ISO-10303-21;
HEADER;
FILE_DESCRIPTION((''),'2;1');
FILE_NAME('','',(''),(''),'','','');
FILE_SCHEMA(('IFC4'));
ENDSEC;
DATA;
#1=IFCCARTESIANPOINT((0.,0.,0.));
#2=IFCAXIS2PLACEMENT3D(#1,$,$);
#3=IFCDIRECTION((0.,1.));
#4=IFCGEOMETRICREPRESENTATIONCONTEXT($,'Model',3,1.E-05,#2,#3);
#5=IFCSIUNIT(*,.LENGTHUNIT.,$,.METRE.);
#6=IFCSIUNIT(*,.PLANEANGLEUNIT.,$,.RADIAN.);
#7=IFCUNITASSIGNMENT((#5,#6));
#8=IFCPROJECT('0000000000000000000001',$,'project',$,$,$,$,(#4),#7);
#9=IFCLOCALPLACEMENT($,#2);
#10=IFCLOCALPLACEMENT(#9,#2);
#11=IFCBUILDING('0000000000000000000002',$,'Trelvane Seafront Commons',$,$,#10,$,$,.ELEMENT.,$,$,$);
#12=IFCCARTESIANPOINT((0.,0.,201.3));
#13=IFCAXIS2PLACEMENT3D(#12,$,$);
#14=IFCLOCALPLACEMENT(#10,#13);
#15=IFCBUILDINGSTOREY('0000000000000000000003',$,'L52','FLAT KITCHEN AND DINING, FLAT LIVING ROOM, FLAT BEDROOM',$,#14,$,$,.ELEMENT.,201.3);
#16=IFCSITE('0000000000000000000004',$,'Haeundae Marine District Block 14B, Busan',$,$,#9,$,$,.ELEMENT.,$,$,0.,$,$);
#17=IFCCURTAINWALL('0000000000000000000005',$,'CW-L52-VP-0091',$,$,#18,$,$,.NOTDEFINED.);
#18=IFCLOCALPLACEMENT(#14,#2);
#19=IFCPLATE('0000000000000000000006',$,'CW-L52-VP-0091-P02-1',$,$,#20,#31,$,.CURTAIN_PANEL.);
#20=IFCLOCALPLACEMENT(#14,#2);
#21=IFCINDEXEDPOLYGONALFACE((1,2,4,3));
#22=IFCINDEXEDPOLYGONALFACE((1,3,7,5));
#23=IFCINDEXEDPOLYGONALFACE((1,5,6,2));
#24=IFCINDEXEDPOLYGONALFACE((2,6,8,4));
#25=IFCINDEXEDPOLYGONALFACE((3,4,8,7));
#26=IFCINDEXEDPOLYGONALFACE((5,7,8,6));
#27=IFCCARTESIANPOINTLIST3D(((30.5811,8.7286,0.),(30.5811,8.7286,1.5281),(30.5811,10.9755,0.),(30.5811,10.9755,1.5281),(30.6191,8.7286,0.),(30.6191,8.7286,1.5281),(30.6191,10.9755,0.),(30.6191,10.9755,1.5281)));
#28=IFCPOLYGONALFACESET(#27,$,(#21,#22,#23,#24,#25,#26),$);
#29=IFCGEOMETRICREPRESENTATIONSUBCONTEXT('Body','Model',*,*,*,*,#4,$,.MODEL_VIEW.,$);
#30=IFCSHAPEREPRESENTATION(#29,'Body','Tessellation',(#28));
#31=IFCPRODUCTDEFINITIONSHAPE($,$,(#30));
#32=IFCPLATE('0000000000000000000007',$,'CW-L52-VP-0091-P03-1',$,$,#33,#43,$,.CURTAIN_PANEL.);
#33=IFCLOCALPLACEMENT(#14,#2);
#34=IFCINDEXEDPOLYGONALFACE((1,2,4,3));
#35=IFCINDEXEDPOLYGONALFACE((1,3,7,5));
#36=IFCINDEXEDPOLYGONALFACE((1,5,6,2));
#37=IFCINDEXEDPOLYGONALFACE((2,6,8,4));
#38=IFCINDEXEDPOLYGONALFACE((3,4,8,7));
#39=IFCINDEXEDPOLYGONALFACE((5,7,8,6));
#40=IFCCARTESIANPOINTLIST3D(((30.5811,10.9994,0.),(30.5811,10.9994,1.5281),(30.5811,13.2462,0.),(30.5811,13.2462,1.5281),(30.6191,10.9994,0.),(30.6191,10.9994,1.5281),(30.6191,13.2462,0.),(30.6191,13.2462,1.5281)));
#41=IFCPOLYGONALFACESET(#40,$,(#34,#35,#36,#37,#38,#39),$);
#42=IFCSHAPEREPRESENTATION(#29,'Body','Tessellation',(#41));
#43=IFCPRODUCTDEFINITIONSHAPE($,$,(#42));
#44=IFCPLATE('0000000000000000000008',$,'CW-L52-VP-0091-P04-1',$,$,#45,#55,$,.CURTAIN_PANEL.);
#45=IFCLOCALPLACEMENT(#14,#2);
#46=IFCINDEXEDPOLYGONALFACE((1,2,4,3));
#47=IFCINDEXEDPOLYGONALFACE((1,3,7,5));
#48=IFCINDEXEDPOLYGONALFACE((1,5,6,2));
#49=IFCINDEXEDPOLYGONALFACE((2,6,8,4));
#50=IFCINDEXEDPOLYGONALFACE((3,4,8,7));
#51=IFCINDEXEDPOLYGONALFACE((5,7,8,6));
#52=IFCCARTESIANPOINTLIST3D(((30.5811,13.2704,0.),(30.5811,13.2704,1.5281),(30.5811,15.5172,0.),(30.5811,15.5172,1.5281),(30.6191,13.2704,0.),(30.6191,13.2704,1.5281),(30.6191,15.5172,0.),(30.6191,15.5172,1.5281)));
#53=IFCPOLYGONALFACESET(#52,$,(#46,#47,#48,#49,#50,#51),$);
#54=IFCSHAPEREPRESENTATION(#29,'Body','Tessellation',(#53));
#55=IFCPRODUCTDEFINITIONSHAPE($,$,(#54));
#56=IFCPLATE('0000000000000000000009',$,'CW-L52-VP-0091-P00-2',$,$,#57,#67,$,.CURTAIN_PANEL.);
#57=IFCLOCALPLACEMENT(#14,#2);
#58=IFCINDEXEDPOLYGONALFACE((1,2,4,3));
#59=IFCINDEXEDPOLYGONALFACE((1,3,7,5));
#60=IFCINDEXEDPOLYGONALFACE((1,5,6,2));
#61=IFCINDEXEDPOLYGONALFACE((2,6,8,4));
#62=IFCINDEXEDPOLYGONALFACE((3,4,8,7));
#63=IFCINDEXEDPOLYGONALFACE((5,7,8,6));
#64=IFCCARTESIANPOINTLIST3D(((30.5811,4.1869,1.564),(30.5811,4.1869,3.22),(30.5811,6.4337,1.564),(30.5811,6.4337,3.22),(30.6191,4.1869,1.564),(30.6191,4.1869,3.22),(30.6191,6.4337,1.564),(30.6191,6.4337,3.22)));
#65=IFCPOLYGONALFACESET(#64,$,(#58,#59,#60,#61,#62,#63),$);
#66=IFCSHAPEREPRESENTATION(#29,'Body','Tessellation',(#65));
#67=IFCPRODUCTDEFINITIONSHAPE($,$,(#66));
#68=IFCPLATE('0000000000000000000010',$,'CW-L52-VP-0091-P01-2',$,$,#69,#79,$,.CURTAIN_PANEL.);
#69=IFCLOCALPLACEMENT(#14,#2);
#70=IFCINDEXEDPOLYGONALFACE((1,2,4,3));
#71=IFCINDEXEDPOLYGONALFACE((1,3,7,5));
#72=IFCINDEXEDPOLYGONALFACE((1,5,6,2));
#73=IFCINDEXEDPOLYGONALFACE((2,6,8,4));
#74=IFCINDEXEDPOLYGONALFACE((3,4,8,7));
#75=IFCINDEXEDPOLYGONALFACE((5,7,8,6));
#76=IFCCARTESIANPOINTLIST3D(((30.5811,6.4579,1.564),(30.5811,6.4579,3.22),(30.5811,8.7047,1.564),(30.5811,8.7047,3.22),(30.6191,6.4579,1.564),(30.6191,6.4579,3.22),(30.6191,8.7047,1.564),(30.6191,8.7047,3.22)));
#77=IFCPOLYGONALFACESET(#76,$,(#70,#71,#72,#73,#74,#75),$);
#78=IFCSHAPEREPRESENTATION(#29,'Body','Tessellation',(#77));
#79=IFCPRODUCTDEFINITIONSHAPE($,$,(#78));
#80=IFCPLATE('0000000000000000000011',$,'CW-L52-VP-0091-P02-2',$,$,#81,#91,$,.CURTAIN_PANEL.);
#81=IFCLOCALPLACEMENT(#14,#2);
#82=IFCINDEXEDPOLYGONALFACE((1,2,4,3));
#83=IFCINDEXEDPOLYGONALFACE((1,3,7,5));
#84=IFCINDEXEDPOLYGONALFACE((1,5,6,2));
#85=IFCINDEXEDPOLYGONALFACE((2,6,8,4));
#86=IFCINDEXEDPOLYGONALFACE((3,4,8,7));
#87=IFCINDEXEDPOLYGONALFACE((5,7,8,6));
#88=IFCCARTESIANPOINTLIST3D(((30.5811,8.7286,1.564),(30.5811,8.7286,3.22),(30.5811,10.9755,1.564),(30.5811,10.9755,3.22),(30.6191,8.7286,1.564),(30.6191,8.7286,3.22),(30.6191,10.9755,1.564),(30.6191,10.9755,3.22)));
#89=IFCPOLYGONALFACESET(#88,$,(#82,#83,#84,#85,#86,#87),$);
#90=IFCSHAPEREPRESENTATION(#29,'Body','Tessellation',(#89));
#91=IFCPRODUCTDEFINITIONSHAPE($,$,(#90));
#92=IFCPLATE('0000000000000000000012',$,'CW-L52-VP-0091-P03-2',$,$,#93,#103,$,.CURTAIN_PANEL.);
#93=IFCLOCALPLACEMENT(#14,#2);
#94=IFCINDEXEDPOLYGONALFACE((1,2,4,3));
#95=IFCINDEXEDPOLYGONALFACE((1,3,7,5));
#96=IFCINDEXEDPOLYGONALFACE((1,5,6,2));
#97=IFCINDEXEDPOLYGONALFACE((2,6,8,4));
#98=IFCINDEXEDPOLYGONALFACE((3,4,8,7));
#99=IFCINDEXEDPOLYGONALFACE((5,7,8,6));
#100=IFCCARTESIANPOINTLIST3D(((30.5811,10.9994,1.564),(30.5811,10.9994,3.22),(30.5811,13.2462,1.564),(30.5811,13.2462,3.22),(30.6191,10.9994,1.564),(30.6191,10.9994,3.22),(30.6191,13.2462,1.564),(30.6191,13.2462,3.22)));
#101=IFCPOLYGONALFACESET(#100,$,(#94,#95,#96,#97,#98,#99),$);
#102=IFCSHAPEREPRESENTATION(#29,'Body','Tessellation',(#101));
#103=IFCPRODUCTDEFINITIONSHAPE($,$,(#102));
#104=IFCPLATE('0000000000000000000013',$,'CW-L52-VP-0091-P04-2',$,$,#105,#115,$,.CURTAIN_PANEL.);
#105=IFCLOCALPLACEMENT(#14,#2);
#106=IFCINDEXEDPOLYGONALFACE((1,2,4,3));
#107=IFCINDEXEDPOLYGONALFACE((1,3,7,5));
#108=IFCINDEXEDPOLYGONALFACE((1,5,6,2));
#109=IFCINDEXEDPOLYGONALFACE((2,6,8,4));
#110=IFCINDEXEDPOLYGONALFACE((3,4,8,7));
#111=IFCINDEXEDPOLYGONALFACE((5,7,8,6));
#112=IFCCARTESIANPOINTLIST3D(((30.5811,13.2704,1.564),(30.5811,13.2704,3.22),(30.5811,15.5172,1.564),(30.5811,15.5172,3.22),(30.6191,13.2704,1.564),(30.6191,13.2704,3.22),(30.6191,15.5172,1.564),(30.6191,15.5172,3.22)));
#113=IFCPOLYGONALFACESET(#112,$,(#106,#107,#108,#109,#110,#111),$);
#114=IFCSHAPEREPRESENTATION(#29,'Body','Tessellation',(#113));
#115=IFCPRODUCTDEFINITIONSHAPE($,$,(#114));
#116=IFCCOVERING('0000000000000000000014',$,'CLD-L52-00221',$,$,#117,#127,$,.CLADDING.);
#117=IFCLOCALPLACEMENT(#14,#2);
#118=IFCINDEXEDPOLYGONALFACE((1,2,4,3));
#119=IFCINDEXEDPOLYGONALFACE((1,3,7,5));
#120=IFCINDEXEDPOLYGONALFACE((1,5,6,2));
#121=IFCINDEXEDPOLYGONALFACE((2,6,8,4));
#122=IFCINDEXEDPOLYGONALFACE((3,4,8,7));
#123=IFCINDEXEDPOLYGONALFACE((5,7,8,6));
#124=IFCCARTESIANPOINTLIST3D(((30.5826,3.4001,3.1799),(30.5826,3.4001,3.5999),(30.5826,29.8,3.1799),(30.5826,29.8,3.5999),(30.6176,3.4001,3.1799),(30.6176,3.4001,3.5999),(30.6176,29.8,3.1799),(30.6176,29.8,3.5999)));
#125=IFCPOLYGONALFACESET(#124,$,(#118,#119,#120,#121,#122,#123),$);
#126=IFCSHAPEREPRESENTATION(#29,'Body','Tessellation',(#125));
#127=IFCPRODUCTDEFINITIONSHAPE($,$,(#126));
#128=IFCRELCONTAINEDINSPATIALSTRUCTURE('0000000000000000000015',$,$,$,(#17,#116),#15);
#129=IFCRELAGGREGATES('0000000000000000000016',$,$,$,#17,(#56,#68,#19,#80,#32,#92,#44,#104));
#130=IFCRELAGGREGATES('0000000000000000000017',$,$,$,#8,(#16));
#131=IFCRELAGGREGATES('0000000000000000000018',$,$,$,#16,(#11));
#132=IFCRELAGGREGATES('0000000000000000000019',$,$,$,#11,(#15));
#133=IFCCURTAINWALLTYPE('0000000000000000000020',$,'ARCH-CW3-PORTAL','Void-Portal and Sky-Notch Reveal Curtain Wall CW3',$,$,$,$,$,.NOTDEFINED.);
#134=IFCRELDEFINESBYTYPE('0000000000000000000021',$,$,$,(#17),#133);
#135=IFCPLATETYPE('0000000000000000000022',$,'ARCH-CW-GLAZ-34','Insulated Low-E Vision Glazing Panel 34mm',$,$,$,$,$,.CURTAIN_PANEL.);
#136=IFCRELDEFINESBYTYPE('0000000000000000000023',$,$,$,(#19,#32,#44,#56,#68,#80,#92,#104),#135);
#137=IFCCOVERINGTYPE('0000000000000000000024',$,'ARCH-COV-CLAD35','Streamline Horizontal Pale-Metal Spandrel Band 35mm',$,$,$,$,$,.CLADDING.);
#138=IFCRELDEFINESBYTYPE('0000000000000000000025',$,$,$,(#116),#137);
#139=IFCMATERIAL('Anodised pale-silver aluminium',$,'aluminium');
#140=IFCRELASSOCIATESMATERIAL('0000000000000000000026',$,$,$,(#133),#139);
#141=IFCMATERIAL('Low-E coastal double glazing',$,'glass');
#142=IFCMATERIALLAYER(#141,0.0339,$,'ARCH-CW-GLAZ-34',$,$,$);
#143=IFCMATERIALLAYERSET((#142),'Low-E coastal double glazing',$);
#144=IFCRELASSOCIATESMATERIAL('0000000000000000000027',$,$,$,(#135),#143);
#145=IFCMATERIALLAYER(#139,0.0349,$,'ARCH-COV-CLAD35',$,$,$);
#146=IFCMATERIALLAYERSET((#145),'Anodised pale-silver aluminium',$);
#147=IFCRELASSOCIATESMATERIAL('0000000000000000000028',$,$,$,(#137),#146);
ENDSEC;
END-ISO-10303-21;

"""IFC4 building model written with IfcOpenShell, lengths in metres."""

from ifc_helpers import new_model, si_unit, direction, frame, origin, origin_2d, place, context, subcontext, project, spatial, rectangle, extrude, source, transform, mapped, material, layer, layer_set, type_object, element, aggregate, save


model = new_model("IFC4")

# Units and contexts
model_context = context("Model", 3, precision=1e-05, world=origin(), true_north=direction((0.0, 1.0)))
body_context = subcontext(model_context, "Body", "Model", "MODEL_VIEW")
ifc_project = project(units=[si_unit("LENGTHUNIT", "METRE"), si_unit("PLANEANGLEUNIT", "RADIAN")], contexts=[model_context])

# Site, building, storey
site_placement = place(None, origin())
site = spatial("IfcSite", under=ifc_project, at=site_placement, Name="Haeundae Marine District Block 14B, Busan", CompositionType="ELEMENT", RefElevation=0.0)
building_placement = place(site_placement, origin())
building = spatial("IfcBuilding", under=site, at=building_placement, Name="Trelvane Seafront Commons", CompositionType="ELEMENT")
storey_placement = place(building_placement, frame((0.0, 0.0, 201.3)))
storey = spatial("IfcBuildingStorey", under=building, at=storey_placement, Name="L52", Description="FLAT KITCHEN AND DINING, FLAT LIVING ROOM, FLAT BEDROOM", CompositionType="ELEMENT", Elevation=201.3)

# Curtain wall
ifc_material_1 = material(Name="Anodised pale-silver aluminium", Category="aluminium")
curtain_wall_type = type_object("IfcCurtainWallType", Name="ARCH-CW3-PORTAL", Description="Void-Portal and Sky-Notch Reveal Curtain Wall CW3", PredefinedType="NOTDEFINED", material=ifc_material_1)
curtain_wall_placement = place(storey_placement, origin())
curtain_wall = element("IfcCurtainWall", 1, at=curtain_wall_placement, inside=storey, type_object=curtain_wall_type, Name="CW-L52-VP-0091", PredefinedType="NOTDEFINED")

# Plates
ifc_material_2 = material(Name="Low-E coastal double glazing", Category="glass")
ifc_layer_1 = layer(ifc_material_2, 0.0339, Name="ARCH-CW-GLAZ-34")
ifc_layer_set_1 = layer_set([ifc_layer_1], Name="Low-E coastal double glazing")
plate_type_1 = type_object("IfcPlateType", Name="ARCH-CW-GLAZ-34", Description="Insulated Low-E Vision Glazing Panel 34mm", PredefinedType="CURTAIN_PANEL", material=ifc_layer_set_1)
shared_shape_1 = source(origin(), body_context, "Body", "SweptSolid", [
    extrude(rectangle(XDim=2.2468, YDim=0.0381, at=origin_2d()), origin(), (0.0, 0.0, 1.0), 1.5281),
])
plate_1_placement = place(storey_placement, frame((30.6001, 9.8521, 0.0), z_axis=(0.0, 0.0, 1.0), x_axis=(0.0, 1.0, 0.0)))
plate_1 = element("IfcPlate", 2, at=plate_1_placement, type_object=plate_type_1, Name="CW-L52-VP-0091-P02-1", PredefinedType="CURTAIN_PANEL", context=body_context, shape_type="MappedRepresentation", body=[
    mapped(shared_shape_1, transform((0.0, 0.0, 0.0), x_axis=(1.0, 0.0, 0.0), y_axis=(0.0, 1.0, 0.0), z_axis=(0.0, 0.0, 1.0), scale=1.0)),
])
plate_2_placement = place(storey_placement, frame((30.6001, 12.1228, 0.0), z_axis=(0.0, 0.0, 1.0), x_axis=(0.0, 1.0, 0.0)))
plate_2 = element("IfcPlate", 3, at=plate_2_placement, type_object=plate_type_1, Name="CW-L52-VP-0091-P03-1", PredefinedType="CURTAIN_PANEL", context=body_context, shape_type="MappedRepresentation", body=[
    mapped(shared_shape_1, transform((0.0, 0.0, 0.0), x_axis=(1.0, 0.0, 0.0), y_axis=(0.0, 1.0, 0.0), z_axis=(0.0, 0.0, 1.0), scale=1.0)),
])
plate_3_placement = place(storey_placement, frame((30.6001, 14.3938, 0.0), z_axis=(0.0, 0.0, 1.0), x_axis=(0.0, 1.0, 0.0)))
plate_3 = element("IfcPlate", 4, at=plate_3_placement, type_object=plate_type_1, Name="CW-L52-VP-0091-P04-1", PredefinedType="CURTAIN_PANEL", context=body_context, shape_type="MappedRepresentation", body=[
    mapped(shared_shape_1, transform((0.0, 0.0, 0.0), x_axis=(1.0, 0.0, 0.0), y_axis=(0.0, 1.0, 0.0), z_axis=(0.0, 0.0, 1.0), scale=1.0)),
])
shared_shape_2 = source(origin(), body_context, "Body", "SweptSolid", [
    extrude(rectangle(XDim=2.2468, YDim=0.0381, at=origin_2d()), origin(), (0.0, 0.0, 1.0), 1.656),
])
plate_4_placement = place(storey_placement, frame((30.6001, 5.3103, 1.564), z_axis=(0.0, 0.0, 1.0), x_axis=(0.0, 1.0, 0.0)))
plate_4 = element("IfcPlate", 5, at=plate_4_placement, type_object=plate_type_1, Name="CW-L52-VP-0091-P00-2", PredefinedType="CURTAIN_PANEL", context=body_context, shape_type="MappedRepresentation", body=[
    mapped(shared_shape_2, transform((0.0, 0.0, 0.0), x_axis=(1.0, 0.0, 0.0), y_axis=(0.0, 1.0, 0.0), z_axis=(0.0, 0.0, 1.0), scale=1.0)),
])
plate_5_placement = place(storey_placement, frame((30.6001, 7.5813, 1.564), z_axis=(0.0, 0.0, 1.0), x_axis=(0.0, 1.0, 0.0)))
plate_5 = element("IfcPlate", 6, at=plate_5_placement, type_object=plate_type_1, Name="CW-L52-VP-0091-P01-2", PredefinedType="CURTAIN_PANEL", context=body_context, shape_type="MappedRepresentation", body=[
    mapped(shared_shape_2, transform((0.0, 0.0, 0.0), x_axis=(1.0, 0.0, 0.0), y_axis=(0.0, 1.0, 0.0), z_axis=(0.0, 0.0, 1.0), scale=1.0)),
])
plate_6_placement = place(storey_placement, frame((30.6001, 9.8521, 1.564), z_axis=(0.0, 0.0, 1.0), x_axis=(0.0, 1.0, 0.0)))
plate_6 = element("IfcPlate", 7, at=plate_6_placement, type_object=plate_type_1, Name="CW-L52-VP-0091-P02-2", PredefinedType="CURTAIN_PANEL", context=body_context, shape_type="MappedRepresentation", body=[
    mapped(shared_shape_2, transform((0.0, 0.0, 0.0), x_axis=(1.0, 0.0, 0.0), y_axis=(0.0, 1.0, 0.0), z_axis=(0.0, 0.0, 1.0), scale=1.0)),
])
plate_7_placement = place(storey_placement, frame((30.6001, 12.1228, 1.564), z_axis=(0.0, 0.0, 1.0), x_axis=(0.0, 1.0, 0.0)))
plate_7 = element("IfcPlate", 8, at=plate_7_placement, type_object=plate_type_1, Name="CW-L52-VP-0091-P03-2", PredefinedType="CURTAIN_PANEL", context=body_context, shape_type="MappedRepresentation", body=[
    mapped(shared_shape_2, transform((0.0, 0.0, 0.0), x_axis=(1.0, 0.0, 0.0), y_axis=(0.0, 1.0, 0.0), z_axis=(0.0, 0.0, 1.0), scale=1.0)),
])
plate_8_placement = place(storey_placement, frame((30.6001, 14.3938, 1.564), z_axis=(0.0, 0.0, 1.0), x_axis=(0.0, 1.0, 0.0)))
plate_8 = element("IfcPlate", 9, at=plate_8_placement, type_object=plate_type_1, Name="CW-L52-VP-0091-P04-2", PredefinedType="CURTAIN_PANEL", context=body_context, shape_type="MappedRepresentation", body=[
    mapped(shared_shape_2, transform((0.0, 0.0, 0.0), x_axis=(1.0, 0.0, 0.0), y_axis=(0.0, 1.0, 0.0), z_axis=(0.0, 0.0, 1.0), scale=1.0)),
])
aggregate(curtain_wall, [plate_4, plate_5, plate_1, plate_6, plate_2, plate_7, plate_3, plate_8])

# Covering
ifc_layer_2 = layer(ifc_material_1, 0.0349, Name="ARCH-COV-CLAD35")
ifc_layer_set_2 = layer_set([ifc_layer_2], Name="Anodised pale-silver aluminium")
covering_type = type_object("IfcCoveringType", Name="ARCH-COV-CLAD35", Description="Streamline Horizontal Pale-Metal Spandrel Band 35mm", PredefinedType="CLADDING", material=ifc_layer_set_2)
shared_shape_3 = source(origin(), body_context, "Body", "SweptSolid", [
    extrude(rectangle(XDim=26.3999, YDim=0.0349, at=origin_2d()), origin(), (0.0, 0.0, 1.0), 0.4199),
])
covering_placement = place(storey_placement, frame((30.6001, 16.6001, 3.1799), z_axis=(0.0, 0.0, 1.0), x_axis=(0.0, -1.0, 0.0)))
element("IfcCovering", 10, at=covering_placement, inside=storey, type_object=covering_type, Name="CLD-L52-00221", PredefinedType="CLADDING", context=body_context, shape_type="MappedRepresentation", body=[
    mapped(shared_shape_3, transform((0.0, 0.0, 0.0), x_axis=(1.0, 0.0, 0.0), y_axis=(0.0, 1.0, 0.0), z_axis=(0.0, 0.0, 1.0), scale=1.0)),
])

save(model, "model.ifc")
